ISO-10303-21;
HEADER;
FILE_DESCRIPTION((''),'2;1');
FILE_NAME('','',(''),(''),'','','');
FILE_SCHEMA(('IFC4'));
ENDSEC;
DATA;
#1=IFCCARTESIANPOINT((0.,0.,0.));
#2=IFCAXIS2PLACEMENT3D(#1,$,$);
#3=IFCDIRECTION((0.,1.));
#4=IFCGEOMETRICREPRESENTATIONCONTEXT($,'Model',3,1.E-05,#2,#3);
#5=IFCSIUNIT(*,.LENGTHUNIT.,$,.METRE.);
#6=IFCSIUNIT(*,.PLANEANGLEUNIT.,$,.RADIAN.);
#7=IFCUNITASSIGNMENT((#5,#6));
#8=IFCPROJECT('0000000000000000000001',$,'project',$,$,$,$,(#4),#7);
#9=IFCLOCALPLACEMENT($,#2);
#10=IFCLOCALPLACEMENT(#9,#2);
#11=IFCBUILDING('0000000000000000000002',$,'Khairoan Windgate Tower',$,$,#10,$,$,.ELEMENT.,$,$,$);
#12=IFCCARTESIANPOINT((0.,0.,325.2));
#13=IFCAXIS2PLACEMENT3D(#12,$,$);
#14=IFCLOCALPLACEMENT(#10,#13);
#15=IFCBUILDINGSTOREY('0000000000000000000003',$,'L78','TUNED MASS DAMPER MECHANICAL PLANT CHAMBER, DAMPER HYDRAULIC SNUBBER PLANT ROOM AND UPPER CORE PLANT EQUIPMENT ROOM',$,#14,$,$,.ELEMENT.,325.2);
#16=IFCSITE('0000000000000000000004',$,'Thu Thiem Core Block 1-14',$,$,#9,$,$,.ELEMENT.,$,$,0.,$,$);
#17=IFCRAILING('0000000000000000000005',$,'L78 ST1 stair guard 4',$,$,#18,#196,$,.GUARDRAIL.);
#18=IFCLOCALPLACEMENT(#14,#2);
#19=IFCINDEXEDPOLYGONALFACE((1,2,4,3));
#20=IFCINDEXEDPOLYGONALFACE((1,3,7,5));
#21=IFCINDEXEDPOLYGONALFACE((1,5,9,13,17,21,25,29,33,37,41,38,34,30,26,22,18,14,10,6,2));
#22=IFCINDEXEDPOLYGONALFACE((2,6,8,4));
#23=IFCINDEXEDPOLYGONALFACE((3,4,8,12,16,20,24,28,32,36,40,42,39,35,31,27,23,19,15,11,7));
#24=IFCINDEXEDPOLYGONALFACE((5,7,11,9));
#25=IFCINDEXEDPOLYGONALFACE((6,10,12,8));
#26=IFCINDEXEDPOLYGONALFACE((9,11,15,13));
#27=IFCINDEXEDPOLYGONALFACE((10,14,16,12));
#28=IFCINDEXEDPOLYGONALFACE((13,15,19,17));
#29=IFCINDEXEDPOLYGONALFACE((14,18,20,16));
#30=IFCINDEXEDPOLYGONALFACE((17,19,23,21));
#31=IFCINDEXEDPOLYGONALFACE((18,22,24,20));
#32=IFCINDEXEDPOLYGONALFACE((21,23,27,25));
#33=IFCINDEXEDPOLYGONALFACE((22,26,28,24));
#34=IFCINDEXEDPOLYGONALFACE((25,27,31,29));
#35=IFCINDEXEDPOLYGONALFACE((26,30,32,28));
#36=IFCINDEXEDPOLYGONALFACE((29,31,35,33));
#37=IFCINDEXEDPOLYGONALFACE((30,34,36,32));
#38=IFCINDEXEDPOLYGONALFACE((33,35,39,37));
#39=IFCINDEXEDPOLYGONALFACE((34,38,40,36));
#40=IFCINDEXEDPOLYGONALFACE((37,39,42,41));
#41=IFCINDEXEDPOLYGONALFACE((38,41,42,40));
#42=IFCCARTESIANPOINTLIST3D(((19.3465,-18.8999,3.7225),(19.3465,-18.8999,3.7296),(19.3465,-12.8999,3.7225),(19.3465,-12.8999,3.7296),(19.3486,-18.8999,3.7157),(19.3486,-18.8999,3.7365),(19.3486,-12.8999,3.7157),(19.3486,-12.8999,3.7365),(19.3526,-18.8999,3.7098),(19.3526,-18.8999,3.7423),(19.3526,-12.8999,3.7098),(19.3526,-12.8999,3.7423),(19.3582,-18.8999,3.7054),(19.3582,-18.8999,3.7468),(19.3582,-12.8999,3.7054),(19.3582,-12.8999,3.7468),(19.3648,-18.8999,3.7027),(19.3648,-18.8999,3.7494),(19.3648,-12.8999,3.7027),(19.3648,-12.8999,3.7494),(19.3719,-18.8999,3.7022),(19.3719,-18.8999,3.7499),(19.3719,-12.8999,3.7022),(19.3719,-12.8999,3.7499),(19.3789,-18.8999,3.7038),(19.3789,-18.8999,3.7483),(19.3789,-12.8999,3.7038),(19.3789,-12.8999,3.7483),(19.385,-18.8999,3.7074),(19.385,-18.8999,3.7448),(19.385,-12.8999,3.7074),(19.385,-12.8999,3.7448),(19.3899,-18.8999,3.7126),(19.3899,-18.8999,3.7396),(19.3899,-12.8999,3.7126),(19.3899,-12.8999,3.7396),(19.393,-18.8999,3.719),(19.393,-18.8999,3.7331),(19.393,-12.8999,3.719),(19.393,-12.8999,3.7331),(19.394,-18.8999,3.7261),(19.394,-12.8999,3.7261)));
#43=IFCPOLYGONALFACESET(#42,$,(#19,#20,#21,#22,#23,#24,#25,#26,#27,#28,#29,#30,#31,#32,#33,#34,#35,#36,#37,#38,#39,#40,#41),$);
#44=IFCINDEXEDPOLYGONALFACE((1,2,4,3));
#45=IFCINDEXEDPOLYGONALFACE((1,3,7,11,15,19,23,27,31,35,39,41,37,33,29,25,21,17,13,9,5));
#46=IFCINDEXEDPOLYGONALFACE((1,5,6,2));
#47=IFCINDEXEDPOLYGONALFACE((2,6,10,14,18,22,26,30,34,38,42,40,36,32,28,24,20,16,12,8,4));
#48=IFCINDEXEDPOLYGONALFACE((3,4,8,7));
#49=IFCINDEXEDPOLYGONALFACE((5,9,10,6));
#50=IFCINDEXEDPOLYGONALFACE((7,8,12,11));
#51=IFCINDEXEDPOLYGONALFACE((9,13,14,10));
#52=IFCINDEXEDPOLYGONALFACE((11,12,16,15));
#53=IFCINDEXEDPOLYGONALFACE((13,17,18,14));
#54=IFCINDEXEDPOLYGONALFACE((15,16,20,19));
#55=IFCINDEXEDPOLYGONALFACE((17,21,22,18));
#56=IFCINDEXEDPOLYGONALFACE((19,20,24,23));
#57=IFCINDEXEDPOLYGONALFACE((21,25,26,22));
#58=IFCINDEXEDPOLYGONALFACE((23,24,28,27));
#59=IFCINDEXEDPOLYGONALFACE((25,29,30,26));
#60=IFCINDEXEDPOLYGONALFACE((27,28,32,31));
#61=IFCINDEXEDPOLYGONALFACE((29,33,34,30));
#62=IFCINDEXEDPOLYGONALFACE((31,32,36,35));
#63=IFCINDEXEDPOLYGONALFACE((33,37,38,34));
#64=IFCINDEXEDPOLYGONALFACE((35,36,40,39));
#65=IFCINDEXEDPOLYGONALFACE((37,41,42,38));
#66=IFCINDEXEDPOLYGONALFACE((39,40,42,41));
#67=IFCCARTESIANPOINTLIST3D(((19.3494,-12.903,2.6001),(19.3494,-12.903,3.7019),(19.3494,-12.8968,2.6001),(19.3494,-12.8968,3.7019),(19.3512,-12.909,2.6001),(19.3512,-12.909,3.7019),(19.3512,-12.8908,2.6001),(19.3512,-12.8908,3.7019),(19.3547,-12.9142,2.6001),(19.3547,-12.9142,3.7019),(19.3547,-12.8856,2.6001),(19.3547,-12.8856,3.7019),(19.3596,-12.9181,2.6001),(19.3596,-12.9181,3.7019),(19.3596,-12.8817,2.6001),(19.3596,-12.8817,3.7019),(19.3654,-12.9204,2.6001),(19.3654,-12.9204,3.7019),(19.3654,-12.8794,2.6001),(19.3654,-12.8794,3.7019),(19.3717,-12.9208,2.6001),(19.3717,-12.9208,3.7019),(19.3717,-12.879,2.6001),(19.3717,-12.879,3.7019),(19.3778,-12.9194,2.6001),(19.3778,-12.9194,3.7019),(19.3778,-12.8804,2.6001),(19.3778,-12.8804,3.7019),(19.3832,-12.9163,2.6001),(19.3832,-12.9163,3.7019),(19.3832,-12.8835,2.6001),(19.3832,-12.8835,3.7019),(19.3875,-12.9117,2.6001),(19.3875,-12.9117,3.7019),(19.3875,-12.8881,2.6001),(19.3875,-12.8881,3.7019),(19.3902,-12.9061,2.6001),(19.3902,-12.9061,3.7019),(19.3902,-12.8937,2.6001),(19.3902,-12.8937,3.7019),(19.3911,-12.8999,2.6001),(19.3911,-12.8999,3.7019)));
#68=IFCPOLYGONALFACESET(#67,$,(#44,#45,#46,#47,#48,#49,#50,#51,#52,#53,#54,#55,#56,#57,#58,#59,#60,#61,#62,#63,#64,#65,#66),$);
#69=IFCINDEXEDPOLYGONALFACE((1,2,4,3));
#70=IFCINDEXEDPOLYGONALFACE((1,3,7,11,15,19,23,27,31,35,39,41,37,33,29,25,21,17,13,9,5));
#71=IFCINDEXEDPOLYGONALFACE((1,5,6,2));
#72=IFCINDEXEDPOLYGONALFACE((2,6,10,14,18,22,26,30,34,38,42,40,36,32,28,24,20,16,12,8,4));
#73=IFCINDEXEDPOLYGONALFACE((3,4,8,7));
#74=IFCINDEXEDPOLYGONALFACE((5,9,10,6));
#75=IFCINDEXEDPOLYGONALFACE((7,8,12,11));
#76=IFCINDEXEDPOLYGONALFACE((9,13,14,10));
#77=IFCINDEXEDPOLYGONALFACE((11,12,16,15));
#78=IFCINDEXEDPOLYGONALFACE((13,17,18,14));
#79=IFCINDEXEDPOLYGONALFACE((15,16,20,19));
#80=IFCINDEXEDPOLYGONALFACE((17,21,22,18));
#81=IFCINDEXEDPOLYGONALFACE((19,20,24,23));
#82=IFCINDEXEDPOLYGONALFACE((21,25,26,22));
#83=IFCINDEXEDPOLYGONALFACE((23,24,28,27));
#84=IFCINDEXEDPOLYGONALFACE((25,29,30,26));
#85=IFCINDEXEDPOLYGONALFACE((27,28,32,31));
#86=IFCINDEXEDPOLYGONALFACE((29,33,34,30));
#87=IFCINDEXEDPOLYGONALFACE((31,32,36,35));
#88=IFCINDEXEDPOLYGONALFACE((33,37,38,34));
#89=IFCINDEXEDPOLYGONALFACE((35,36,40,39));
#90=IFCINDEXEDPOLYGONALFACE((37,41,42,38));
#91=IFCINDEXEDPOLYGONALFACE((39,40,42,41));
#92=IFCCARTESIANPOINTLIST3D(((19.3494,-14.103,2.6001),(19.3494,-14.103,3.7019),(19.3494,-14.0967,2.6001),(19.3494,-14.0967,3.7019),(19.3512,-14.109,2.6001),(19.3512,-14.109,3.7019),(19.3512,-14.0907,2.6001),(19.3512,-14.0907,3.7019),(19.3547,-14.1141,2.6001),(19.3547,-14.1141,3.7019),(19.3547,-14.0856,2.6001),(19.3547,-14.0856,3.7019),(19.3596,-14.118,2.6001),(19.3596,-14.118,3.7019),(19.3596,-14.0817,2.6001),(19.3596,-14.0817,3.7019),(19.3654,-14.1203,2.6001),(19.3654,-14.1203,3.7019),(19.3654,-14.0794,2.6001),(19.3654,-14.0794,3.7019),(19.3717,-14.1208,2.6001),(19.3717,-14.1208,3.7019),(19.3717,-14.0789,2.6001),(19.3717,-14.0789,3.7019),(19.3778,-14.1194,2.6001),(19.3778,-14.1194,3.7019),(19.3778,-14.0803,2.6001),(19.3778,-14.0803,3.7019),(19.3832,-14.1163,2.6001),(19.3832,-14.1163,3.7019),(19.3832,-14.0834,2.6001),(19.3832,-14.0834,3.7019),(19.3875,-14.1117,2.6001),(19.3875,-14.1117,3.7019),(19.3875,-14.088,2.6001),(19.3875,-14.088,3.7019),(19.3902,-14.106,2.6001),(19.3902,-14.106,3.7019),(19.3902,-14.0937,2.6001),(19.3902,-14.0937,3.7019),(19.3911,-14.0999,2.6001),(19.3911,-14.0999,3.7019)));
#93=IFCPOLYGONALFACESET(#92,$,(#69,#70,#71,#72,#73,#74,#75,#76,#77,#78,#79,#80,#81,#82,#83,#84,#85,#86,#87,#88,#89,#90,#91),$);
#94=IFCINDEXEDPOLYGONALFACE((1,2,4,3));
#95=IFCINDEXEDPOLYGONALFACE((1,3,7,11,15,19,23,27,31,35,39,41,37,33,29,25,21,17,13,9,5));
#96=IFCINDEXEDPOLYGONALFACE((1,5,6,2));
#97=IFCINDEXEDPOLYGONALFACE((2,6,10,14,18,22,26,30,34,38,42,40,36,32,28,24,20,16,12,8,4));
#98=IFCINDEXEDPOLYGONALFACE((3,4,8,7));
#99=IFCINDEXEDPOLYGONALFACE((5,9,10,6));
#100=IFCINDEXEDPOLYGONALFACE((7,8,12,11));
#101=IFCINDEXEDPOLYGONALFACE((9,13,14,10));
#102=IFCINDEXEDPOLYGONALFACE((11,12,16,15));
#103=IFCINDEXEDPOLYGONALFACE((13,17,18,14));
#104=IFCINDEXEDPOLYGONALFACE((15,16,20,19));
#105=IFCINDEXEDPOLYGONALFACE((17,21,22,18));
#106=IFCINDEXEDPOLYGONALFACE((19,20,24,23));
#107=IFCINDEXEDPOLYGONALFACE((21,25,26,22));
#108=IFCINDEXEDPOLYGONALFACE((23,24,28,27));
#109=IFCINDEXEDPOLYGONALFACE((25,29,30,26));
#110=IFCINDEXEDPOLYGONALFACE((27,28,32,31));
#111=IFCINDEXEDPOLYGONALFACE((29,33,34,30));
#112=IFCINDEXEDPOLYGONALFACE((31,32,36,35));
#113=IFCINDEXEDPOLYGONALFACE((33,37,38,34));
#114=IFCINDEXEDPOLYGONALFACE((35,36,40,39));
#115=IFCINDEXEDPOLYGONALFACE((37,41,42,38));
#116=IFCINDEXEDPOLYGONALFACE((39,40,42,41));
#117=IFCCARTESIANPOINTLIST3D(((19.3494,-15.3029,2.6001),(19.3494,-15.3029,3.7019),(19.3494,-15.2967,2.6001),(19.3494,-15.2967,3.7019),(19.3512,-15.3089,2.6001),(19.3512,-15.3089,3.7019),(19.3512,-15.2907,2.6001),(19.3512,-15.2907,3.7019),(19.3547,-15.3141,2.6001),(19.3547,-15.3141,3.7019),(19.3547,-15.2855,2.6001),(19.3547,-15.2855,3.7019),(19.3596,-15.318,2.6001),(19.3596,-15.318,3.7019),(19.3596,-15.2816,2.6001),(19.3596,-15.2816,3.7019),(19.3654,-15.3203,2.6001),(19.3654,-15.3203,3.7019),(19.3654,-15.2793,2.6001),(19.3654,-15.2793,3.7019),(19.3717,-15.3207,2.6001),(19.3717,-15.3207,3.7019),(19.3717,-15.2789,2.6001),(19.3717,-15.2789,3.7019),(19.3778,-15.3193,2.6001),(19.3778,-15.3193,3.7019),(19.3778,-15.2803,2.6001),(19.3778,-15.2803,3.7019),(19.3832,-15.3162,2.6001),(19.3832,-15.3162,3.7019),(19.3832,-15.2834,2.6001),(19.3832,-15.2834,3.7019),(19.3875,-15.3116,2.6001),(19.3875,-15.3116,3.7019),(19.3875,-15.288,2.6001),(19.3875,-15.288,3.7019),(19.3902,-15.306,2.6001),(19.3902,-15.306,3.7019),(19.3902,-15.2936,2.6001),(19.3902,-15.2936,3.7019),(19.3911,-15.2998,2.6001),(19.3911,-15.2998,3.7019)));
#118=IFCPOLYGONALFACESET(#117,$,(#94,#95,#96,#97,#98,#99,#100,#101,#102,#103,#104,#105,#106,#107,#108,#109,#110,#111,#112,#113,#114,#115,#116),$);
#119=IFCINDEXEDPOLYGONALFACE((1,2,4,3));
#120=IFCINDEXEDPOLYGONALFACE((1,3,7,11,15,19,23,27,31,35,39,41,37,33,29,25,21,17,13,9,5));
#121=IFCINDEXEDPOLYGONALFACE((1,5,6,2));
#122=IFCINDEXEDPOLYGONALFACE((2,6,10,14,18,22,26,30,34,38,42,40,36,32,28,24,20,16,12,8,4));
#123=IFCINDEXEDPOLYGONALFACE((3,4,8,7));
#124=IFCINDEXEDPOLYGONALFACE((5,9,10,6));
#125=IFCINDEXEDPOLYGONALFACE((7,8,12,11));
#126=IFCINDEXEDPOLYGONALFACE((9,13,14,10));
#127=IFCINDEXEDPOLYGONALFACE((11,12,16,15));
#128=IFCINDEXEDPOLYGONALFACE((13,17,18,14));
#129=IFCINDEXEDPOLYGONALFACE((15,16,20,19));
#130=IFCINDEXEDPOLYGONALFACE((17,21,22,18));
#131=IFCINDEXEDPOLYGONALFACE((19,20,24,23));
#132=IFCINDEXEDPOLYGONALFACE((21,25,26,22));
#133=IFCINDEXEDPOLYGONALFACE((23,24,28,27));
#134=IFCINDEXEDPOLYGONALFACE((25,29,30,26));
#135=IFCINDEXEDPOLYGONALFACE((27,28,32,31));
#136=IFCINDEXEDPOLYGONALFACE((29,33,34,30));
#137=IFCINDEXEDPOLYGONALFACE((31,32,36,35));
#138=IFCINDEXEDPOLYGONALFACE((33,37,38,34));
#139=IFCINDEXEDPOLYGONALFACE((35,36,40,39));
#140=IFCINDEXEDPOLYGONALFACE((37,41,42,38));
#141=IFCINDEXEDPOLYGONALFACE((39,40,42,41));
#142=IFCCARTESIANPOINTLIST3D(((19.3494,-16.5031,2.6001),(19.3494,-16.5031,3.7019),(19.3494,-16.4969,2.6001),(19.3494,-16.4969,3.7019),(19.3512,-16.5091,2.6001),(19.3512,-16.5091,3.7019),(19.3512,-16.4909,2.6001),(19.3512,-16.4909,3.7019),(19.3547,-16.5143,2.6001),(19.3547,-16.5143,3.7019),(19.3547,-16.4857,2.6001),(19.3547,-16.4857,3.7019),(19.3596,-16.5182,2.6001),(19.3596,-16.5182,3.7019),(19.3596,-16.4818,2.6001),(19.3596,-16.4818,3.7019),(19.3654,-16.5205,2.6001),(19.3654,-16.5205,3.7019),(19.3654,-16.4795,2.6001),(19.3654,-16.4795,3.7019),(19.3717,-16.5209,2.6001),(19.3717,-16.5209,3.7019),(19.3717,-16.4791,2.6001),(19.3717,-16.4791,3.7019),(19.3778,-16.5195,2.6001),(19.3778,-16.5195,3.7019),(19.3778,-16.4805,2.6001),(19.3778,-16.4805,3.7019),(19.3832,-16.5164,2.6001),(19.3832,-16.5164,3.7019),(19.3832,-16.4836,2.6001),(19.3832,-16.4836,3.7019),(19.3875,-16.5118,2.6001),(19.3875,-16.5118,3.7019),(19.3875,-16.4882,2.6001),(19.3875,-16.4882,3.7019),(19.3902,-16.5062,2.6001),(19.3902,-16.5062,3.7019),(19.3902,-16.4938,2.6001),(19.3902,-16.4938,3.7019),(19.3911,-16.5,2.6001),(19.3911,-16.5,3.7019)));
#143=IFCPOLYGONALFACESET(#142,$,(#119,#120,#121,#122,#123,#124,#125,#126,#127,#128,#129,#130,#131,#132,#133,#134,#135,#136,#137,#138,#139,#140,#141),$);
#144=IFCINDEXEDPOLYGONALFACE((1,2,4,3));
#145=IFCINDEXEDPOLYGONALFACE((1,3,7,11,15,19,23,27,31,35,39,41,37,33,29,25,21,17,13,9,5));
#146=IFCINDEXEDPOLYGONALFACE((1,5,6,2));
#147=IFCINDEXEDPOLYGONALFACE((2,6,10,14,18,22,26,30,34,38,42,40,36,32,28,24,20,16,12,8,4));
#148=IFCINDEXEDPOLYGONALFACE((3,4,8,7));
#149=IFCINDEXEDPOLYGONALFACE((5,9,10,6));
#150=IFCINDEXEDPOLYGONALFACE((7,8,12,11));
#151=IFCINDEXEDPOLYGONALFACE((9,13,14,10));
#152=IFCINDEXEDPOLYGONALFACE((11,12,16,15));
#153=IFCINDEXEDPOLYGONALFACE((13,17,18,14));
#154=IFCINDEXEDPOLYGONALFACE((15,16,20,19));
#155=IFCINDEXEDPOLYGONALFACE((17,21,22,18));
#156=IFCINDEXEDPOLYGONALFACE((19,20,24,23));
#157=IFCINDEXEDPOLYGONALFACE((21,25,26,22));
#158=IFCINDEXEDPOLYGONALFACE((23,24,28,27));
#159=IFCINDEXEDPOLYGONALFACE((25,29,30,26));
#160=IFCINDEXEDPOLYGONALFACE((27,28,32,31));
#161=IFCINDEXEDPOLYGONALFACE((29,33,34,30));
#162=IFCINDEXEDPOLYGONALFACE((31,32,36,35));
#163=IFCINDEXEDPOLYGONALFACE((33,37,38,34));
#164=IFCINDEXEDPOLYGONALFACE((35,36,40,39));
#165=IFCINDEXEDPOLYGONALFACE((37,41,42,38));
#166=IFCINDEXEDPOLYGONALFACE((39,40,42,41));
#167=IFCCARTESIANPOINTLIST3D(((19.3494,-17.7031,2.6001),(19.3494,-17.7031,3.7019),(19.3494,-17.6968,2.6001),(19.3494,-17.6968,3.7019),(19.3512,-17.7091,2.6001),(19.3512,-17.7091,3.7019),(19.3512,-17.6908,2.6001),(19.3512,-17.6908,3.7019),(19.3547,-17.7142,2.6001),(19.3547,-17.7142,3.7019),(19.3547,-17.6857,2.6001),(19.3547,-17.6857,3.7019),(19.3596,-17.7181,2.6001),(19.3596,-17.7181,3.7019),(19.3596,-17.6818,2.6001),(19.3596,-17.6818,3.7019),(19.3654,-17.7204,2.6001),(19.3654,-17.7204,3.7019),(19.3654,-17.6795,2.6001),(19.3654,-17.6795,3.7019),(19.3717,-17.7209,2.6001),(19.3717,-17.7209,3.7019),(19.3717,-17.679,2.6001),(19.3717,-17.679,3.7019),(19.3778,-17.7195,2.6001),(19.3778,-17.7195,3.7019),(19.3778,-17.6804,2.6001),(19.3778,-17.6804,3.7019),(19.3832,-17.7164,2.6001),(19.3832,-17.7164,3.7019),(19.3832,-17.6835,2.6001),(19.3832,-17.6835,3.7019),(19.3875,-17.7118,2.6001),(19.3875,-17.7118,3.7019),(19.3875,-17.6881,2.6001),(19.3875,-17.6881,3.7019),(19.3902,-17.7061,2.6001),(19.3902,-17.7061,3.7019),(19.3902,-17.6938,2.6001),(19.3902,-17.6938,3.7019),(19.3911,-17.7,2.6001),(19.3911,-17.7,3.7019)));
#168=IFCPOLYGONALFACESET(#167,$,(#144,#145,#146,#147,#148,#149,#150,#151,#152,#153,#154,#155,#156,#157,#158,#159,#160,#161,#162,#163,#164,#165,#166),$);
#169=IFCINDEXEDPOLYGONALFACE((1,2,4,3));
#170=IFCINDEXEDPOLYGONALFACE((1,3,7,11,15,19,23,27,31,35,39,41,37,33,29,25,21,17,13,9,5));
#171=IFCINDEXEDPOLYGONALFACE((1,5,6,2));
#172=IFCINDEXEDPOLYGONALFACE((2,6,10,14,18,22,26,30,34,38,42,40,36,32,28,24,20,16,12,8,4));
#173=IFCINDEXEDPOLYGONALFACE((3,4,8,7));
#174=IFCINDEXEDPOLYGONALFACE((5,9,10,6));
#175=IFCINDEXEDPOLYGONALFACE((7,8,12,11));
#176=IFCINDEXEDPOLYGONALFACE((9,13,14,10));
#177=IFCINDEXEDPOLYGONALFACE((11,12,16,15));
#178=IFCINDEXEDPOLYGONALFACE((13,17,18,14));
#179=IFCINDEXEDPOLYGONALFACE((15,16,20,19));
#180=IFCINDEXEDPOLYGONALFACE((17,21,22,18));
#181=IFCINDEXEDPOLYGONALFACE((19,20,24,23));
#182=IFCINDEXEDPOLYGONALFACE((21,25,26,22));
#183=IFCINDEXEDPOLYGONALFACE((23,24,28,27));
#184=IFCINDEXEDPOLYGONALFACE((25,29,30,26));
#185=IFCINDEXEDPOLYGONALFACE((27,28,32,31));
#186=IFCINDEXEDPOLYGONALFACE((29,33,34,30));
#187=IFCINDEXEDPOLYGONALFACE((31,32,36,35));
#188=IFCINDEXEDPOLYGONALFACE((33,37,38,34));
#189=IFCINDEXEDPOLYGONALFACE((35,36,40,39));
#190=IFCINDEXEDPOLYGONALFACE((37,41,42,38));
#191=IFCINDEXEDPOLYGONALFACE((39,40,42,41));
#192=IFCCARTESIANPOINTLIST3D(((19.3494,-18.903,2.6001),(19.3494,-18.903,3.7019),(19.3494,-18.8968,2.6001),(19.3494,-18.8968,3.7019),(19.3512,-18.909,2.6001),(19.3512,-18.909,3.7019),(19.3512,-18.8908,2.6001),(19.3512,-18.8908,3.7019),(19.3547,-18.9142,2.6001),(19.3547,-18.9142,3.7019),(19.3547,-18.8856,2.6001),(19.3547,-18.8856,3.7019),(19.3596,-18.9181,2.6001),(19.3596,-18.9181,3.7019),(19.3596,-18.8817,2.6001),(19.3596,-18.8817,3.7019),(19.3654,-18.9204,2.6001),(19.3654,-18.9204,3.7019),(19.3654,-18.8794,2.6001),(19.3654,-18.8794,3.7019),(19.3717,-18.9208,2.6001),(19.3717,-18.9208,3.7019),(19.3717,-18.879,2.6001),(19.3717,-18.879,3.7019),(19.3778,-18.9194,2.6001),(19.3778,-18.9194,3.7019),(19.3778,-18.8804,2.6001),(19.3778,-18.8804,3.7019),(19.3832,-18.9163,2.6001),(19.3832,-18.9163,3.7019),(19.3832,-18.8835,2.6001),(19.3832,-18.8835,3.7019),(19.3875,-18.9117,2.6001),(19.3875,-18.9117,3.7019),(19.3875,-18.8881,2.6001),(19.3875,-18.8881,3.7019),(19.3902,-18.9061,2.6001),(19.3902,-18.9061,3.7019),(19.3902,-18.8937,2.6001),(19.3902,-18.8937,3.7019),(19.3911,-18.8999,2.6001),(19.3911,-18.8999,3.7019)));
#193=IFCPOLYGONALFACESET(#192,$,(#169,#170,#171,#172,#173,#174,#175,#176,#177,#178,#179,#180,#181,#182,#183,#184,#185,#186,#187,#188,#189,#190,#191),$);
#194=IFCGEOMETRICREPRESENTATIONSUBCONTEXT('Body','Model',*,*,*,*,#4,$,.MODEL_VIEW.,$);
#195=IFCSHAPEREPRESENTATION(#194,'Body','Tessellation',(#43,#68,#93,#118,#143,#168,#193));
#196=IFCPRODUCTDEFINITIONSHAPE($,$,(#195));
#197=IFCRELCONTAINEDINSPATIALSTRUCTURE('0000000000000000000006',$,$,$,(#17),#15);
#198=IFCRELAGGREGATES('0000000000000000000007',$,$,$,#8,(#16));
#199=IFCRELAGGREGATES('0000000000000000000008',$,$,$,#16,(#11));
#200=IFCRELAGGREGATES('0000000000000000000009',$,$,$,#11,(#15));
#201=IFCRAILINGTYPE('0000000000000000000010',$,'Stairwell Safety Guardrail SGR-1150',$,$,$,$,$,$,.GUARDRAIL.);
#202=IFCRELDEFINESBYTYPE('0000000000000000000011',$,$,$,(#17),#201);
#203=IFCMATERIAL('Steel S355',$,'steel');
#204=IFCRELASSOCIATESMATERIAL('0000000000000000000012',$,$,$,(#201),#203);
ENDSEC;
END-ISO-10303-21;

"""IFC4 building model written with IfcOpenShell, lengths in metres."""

from ifc_helpers import new_model, si_unit, direction, frame, origin, origin_2d, place, context, subcontext, project, spatial, circle, extrude, material, type_object, element, save


model = new_model("IFC4")

# Units and contexts
model_context = context("Model", 3, precision=1e-05, world=origin(), true_north=direction((0.0, 1.0)))
body_context = subcontext(model_context, "Body", "Model", "MODEL_VIEW")
ifc_project = project(units=[si_unit("LENGTHUNIT", "METRE"), si_unit("PLANEANGLEUNIT", "RADIAN")], contexts=[model_context])

# Site, building, storey
site_placement = place(None, origin())
site = spatial("IfcSite", under=ifc_project, at=site_placement, Name="Thu Thiem Core Block 1-14", CompositionType="ELEMENT", RefElevation=0.0)
building_placement = place(site_placement, origin())
building = spatial("IfcBuilding", under=site, at=building_placement, Name="Khairoan Windgate Tower", CompositionType="ELEMENT")
storey_placement = place(building_placement, frame((0.0, 0.0, 325.2)))
storey = spatial("IfcBuildingStorey", under=building, at=storey_placement, Name="L78", Description="TUNED MASS DAMPER MECHANICAL PLANT CHAMBER, DAMPER HYDRAULIC SNUBBER PLANT ROOM AND UPPER CORE PLANT EQUIPMENT ROOM", CompositionType="ELEMENT", Elevation=325.2)

# Railing
ifc_material_1 = material(Name="Steel S355", Category="steel")
railing_type_1 = type_object("IfcRailingType", Name="Stairwell Safety Guardrail SGR-1150", PredefinedType="GUARDRAIL", material=ifc_material_1)
for number, where, name in (
    (1, (19.3701, -12.8999, 2.6001), "L78 ST1 stair guard 4"),
):
    element("IfcRailing", number, at=place(storey_placement, frame(where)), inside=storey, type_object=railing_type_1, Name=name, PredefinedType="GUARDRAIL", context=body_context, shape_type="SweptSolid", body=[
        extrude(circle(Radius=0.0239, at=origin_2d()), frame((0.0, 0.0, 1.126), z_axis=(0.0, -1.0, 0.0), x_axis=(1.0, 0.0, 0.0)), (0.0, 0.0, 1.0), 6.0),
        extrude(circle(Radius=0.021, at=origin_2d()), origin(), (0.0, 0.0, 1.0), 1.1018),
        extrude(circle(Radius=0.021, at=origin_2d()), frame((0.0, -1.2, 0.0)), (0.0, 0.0, 1.0), 1.1018),
        extrude(circle(Radius=0.021, at=origin_2d()), frame((0.0, -2.3999, 0.0)), (0.0, 0.0, 1.0), 1.1018),
        extrude(circle(Radius=0.021, at=origin_2d()), frame((0.0, -3.6001, 0.0)), (0.0, 0.0, 1.0), 1.1018),
        extrude(circle(Radius=0.021, at=origin_2d()), frame((0.0, -4.8, 0.0)), (0.0, 0.0, 1.0), 1.1018),
        extrude(circle(Radius=0.021, at=origin_2d()), frame((0.0, -6.0, 0.0)), (0.0, 0.0, 1.0), 1.1018),
    ])

save(model, "model.ifc")
